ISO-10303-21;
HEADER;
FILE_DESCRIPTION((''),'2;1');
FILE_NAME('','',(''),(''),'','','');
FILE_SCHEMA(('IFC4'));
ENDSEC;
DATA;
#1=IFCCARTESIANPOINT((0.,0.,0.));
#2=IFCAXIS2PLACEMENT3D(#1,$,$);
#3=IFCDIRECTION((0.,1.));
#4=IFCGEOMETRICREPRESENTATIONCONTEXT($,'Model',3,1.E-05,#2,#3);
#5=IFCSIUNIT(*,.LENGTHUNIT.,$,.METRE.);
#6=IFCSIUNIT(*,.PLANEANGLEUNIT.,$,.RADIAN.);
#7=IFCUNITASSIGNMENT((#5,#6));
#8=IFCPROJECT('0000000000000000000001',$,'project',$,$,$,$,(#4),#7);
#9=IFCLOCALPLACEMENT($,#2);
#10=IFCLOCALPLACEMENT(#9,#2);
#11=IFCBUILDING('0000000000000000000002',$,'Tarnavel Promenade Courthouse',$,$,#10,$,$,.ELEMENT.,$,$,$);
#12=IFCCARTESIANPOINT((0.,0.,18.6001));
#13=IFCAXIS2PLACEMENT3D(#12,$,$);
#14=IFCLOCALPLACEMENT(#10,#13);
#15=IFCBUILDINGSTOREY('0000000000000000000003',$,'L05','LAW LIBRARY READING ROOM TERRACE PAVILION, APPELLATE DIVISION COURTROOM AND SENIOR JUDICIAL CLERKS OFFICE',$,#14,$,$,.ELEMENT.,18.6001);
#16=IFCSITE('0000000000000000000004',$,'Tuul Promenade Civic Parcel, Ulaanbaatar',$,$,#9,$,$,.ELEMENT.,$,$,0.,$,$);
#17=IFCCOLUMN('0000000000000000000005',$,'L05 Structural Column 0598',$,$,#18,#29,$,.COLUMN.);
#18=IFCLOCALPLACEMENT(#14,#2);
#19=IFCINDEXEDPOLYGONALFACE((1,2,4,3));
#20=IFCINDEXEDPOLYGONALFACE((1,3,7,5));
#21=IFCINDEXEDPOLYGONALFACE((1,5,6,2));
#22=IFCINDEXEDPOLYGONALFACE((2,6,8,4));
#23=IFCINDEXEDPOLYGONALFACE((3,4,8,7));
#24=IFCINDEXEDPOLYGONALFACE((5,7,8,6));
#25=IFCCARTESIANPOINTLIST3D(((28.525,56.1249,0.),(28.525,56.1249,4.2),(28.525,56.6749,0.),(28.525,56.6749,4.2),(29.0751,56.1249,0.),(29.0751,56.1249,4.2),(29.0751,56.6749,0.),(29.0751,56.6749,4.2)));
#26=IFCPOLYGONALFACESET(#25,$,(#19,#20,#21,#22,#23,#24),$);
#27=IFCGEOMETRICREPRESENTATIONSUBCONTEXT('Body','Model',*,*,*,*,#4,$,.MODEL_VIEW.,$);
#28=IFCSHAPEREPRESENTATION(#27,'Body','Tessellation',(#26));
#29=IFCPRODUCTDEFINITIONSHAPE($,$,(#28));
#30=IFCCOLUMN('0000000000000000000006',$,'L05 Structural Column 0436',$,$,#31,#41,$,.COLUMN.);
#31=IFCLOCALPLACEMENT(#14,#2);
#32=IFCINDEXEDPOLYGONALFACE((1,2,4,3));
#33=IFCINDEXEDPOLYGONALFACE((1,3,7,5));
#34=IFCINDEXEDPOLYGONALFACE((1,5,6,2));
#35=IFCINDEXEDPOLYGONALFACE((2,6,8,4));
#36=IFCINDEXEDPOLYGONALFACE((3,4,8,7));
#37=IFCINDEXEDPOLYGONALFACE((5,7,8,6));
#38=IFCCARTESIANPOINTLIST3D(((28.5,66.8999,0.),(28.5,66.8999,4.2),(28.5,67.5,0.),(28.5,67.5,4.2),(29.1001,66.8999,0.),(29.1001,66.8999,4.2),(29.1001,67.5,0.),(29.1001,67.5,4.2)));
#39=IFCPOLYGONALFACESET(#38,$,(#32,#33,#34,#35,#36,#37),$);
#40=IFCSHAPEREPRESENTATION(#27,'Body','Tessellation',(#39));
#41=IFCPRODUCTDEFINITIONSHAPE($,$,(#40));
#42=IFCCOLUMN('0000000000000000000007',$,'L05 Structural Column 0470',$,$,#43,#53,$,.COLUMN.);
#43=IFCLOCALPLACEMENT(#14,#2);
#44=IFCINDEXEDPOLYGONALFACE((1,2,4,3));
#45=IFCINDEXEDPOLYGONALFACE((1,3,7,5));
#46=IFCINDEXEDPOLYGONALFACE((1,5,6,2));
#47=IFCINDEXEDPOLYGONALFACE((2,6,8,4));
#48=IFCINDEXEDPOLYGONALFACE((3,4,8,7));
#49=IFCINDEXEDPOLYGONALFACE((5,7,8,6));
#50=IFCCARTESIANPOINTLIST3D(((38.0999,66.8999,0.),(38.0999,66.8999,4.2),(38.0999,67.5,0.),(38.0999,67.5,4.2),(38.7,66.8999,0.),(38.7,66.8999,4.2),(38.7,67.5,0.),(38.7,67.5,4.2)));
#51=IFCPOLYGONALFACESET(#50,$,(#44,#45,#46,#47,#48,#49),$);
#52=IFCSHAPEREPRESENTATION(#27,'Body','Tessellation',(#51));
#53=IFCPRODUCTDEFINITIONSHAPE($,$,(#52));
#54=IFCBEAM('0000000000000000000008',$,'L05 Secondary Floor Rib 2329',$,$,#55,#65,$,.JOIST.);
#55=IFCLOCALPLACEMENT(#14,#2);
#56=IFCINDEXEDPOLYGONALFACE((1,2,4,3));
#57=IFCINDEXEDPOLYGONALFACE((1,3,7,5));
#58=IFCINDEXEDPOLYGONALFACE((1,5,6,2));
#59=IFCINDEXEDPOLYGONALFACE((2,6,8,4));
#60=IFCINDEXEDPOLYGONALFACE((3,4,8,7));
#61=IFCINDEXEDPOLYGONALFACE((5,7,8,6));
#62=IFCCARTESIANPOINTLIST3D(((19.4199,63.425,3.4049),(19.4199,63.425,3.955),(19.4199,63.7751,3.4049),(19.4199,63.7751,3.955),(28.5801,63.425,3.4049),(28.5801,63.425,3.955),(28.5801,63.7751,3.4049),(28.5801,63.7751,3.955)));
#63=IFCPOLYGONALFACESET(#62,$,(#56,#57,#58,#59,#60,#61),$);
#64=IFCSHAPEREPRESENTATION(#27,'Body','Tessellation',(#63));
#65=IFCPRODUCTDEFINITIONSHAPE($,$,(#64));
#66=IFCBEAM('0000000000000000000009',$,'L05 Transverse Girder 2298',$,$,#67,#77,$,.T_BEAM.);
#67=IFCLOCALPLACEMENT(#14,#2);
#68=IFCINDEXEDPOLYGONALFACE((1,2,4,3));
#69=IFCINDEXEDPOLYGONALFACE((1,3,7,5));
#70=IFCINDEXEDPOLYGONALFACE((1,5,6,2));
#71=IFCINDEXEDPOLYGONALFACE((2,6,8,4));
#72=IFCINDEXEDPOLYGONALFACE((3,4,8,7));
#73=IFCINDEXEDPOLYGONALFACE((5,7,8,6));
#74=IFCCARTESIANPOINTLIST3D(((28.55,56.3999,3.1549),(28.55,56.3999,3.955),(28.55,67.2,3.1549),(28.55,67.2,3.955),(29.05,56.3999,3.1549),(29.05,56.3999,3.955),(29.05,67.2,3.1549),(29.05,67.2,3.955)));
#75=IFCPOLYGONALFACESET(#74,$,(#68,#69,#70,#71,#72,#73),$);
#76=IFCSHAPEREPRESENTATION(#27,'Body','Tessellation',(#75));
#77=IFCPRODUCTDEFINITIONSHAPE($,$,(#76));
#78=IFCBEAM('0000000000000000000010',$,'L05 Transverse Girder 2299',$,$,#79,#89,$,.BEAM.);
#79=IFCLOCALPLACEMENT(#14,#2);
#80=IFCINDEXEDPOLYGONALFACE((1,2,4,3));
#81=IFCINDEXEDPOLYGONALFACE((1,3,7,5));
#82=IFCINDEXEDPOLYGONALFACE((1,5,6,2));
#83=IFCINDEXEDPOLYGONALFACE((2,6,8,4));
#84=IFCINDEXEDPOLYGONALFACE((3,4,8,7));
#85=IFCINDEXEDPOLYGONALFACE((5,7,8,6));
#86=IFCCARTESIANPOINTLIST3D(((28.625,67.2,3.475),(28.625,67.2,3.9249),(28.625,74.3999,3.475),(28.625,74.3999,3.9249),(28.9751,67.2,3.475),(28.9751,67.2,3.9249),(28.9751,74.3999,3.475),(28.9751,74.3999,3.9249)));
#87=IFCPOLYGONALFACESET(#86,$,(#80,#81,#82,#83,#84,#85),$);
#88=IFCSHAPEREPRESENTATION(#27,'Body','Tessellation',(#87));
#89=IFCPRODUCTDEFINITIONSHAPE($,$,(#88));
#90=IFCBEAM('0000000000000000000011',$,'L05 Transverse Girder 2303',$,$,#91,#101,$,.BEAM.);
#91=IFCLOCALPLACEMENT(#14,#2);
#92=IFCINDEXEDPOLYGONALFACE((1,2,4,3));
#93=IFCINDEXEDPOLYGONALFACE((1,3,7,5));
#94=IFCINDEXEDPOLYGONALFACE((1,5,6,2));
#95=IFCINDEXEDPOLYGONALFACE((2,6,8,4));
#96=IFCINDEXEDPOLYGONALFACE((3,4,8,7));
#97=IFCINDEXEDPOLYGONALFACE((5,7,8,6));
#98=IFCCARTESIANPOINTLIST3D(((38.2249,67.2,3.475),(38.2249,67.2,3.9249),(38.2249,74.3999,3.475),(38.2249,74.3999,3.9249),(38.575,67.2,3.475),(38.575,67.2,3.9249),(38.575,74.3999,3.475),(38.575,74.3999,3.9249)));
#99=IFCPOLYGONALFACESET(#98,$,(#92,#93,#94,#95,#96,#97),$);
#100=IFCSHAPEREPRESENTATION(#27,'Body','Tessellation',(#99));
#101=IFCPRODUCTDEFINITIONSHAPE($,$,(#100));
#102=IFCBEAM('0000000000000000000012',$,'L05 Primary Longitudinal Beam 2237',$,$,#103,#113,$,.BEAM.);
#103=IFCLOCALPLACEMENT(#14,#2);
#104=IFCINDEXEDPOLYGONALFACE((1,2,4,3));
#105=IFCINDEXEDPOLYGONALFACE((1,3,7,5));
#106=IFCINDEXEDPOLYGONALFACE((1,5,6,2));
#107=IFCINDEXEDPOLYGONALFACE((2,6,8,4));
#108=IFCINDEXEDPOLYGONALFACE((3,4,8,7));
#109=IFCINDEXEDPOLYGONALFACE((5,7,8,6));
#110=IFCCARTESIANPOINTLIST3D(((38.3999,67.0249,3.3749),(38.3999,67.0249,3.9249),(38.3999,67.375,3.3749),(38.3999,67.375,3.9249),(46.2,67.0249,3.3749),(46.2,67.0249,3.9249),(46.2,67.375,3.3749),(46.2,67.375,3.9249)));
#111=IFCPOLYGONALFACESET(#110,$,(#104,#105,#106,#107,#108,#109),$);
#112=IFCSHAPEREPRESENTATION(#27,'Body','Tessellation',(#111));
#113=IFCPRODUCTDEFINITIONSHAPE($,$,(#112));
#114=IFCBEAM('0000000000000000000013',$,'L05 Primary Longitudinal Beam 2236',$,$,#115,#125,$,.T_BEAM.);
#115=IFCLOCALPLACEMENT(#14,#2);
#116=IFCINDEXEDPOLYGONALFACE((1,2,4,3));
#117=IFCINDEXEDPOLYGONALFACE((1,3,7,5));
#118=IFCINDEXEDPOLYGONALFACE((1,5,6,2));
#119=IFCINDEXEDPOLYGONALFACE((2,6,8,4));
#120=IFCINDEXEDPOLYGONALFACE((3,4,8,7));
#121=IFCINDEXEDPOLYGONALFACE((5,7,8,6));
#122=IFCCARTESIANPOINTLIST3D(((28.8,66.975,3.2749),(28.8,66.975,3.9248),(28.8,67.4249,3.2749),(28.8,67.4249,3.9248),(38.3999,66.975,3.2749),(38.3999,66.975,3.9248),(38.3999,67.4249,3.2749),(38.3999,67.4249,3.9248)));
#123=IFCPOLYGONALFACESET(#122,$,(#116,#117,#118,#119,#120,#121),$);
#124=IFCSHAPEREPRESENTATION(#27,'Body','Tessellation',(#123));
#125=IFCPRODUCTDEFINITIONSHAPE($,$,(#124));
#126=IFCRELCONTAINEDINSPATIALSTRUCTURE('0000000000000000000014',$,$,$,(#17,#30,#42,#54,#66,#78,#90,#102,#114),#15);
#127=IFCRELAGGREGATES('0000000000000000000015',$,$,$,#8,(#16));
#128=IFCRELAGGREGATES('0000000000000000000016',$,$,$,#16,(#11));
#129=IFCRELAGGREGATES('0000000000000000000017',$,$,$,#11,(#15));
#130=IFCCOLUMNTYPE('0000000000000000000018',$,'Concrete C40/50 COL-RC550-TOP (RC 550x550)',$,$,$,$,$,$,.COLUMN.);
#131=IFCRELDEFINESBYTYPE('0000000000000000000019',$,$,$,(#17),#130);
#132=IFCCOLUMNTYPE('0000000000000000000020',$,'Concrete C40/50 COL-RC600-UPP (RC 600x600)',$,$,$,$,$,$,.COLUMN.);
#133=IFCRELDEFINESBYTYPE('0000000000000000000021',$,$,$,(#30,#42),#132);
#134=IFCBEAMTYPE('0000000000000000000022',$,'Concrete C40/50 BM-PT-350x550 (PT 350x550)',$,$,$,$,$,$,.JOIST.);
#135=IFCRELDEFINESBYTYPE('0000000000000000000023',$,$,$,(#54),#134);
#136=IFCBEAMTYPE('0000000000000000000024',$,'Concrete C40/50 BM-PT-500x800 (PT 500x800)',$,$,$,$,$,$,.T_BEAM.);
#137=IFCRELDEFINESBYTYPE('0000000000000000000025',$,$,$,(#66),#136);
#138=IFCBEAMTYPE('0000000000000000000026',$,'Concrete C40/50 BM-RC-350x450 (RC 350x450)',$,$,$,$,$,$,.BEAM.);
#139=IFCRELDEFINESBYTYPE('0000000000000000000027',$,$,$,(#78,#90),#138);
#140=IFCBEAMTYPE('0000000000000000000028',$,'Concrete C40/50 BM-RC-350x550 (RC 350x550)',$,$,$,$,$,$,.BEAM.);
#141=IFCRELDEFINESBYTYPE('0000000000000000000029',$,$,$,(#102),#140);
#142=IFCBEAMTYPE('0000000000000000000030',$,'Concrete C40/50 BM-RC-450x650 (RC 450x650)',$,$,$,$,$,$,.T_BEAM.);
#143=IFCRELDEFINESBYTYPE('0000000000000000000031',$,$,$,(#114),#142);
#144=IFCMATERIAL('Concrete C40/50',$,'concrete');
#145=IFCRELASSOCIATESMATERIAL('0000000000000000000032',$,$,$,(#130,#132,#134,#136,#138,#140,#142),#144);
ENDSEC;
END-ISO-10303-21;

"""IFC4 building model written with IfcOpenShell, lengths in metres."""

from ifc_helpers import new_model, si_unit, direction, frame, origin, origin_2d, place, context, subcontext, project, spatial, rectangle, extrude, material, material_profile, profile_set, type_object, element, save


model = new_model("IFC4")

# Units and contexts
model_context = context("Model", 3, precision=1e-05, world=origin(), true_north=direction((0.0, 1.0)))
body_context = subcontext(model_context, "Body", "Model", "MODEL_VIEW")
ifc_project = project(units=[si_unit("LENGTHUNIT", "METRE"), si_unit("PLANEANGLEUNIT", "RADIAN")], contexts=[model_context])

# Site, building, storey
site_placement = place(None, origin())
site = spatial("IfcSite", under=ifc_project, at=site_placement, Name="Tuul Promenade Civic Parcel, Ulaanbaatar", CompositionType="ELEMENT", RefElevation=0.0)
building_placement = place(site_placement, origin())
building = spatial("IfcBuilding", under=site, at=building_placement, Name="Tarnavel Promenade Courthouse", CompositionType="ELEMENT")
storey_placement = place(building_placement, frame((0.0, 0.0, 18.6001)))
storey = spatial("IfcBuildingStorey", under=building, at=storey_placement, Name="L05", Description="LAW LIBRARY READING ROOM TERRACE PAVILION, APPELLATE DIVISION COURTROOM AND SENIOR JUDICIAL CLERKS OFFICE", CompositionType="ELEMENT", Elevation=18.6001)

# Columns
ifc_material_1 = material(Name="Concrete C40/50", Category="concrete")
ifc_material_profile_1 = material_profile(ifc_material_1, rectangle(XDim=0.55, YDim=0.55, at=origin_2d()), Name="RC 550x550")
ifc_profile_set_1 = profile_set([ifc_material_profile_1], Name="Concrete C40/50")
column_type_1 = type_object("IfcColumnType", Name="Concrete C40/50 COL-RC550-TOP (RC 550x550)", PredefinedType="COLUMN", material=ifc_profile_set_1)
column_placement = place(storey_placement, frame((28.8, 56.3999, 0.0), z_axis=(0.0, 0.0, 1.0), x_axis=(1.0, 0.0, 0.0)))
element("IfcColumn", 1, at=column_placement, inside=storey, type_object=column_type_1, Name="L05 Structural Column 0598", PredefinedType="COLUMN", context=body_context, shape_type="SweptSolid", body=[
    extrude(rectangle(XDim=0.55, YDim=0.55, at=origin_2d()), origin(), (0.0, 0.0, 1.0), 4.2),
])
ifc_material_profile_2 = material_profile(ifc_material_1, rectangle(XDim=0.6001, YDim=0.6001, at=origin_2d()), Name="RC 600x600")
ifc_profile_set_2 = profile_set([ifc_material_profile_2], Name="Concrete C40/50")
column_type_2 = type_object("IfcColumnType", Name="Concrete C40/50 COL-RC600-UPP (RC 600x600)", PredefinedType="COLUMN", material=ifc_profile_set_2)
for number, where, z_axis, x_axis, name in (
    (2, (28.8, 67.2, 0.0), (0.0, 0.0, 1.0), (1.0, 0.0, 0.0), "L05 Structural Column 0436"),
    (3, (38.3999, 67.2, 0.0), (0.0, 0.0, 1.0), (1.0, 0.0, 0.0), "L05 Structural Column 0470"),
):
    element("IfcColumn", number, at=place(storey_placement, frame(where, z_axis=z_axis, x_axis=x_axis)), inside=storey, type_object=column_type_2, Name=name, PredefinedType="COLUMN", context=body_context, shape_type="SweptSolid", body=[
        extrude(rectangle(XDim=0.6001, YDim=0.6001, at=origin_2d()), origin(), (0.0, 0.0, 1.0), 4.2),
    ])

# Beams
ifc_material_profile_3 = material_profile(ifc_material_1, rectangle(XDim=0.3501, YDim=0.55, at=origin_2d()), Name="PT 350x550")
ifc_profile_set_3 = profile_set([ifc_material_profile_3], Name="Concrete C40/50")
beam_type_1 = type_object("IfcBeamType", Name="Concrete C40/50 BM-PT-350x550 (PT 350x550)", PredefinedType="JOIST", material=ifc_profile_set_3)
beam_1_placement = place(storey_placement, frame((19.4199, 63.6001, 3.6799), z_axis=(1.0, 0.0, 0.0), x_axis=(0.0, 1.0, 0.0)))
element("IfcBeam", 4, at=beam_1_placement, inside=storey, type_object=beam_type_1, Name="L05 Secondary Floor Rib 2329", PredefinedType="JOIST", context=body_context, shape_type="SweptSolid", body=[
    extrude(rectangle(XDim=0.3501, YDim=0.55, at=origin_2d()), origin(), (0.0, 0.0, 1.0), 9.1602),
])
ifc_material_profile_4 = material_profile(ifc_material_1, rectangle(XDim=0.5, YDim=0.8, at=origin_2d()), Name="PT 500x800")
ifc_profile_set_4 = profile_set([ifc_material_profile_4], Name="Concrete C40/50")
beam_type_2 = type_object("IfcBeamType", Name="Concrete C40/50 BM-PT-500x800 (PT 500x800)", PredefinedType="T_BEAM", material=ifc_profile_set_4)
beam_2_placement = place(storey_placement, frame((28.8, 56.3999, 3.5549), z_axis=(0.0, 1.0, 0.0), x_axis=(-1.0, 0.0, 0.0)))
element("IfcBeam", 5, at=beam_2_placement, inside=storey, type_object=beam_type_2, Name="L05 Transverse Girder 2298", PredefinedType="T_BEAM", context=body_context, shape_type="SweptSolid", body=[
    extrude(rectangle(XDim=0.5, YDim=0.8, at=origin_2d()), origin(), (0.0, 0.0, 1.0), 10.8),
])
ifc_material_profile_5 = material_profile(ifc_material_1, rectangle(XDim=0.3501, YDim=0.45, at=origin_2d()), Name="RC 350x450")
ifc_profile_set_5 = profile_set([ifc_material_profile_5], Name="Concrete C40/50")
beam_type_3 = type_object("IfcBeamType", Name="Concrete C40/50 BM-RC-350x450 (RC 350x450)", PredefinedType="BEAM", material=ifc_profile_set_5)
for number, where, z_axis, x_axis, name in (
    (6, (28.8, 67.2, 3.7), (0.0, 1.0, 0.0), (-1.0, 0.0, 0.0), "L05 Transverse Girder 2299"),
    (7, (38.3999, 67.2, 3.7), (0.0, 1.0, 0.0), (-1.0, 0.0, 0.0), "L05 Transverse Girder 2303"),
):
    element("IfcBeam", number, at=place(storey_placement, frame(where, z_axis=z_axis, x_axis=x_axis)), inside=storey, type_object=beam_type_3, Name=name, PredefinedType="BEAM", context=body_context, shape_type="SweptSolid", body=[
        extrude(rectangle(XDim=0.3501, YDim=0.45, at=origin_2d()), origin(), (0.0, 0.0, 1.0), 7.2),
    ])
ifc_material_profile_6 = material_profile(ifc_material_1, rectangle(XDim=0.3501, YDim=0.55, at=origin_2d()), Name="RC 350x550")
ifc_profile_set_6 = profile_set([ifc_material_profile_6], Name="Concrete C40/50")
beam_type_4 = type_object("IfcBeamType", Name="Concrete C40/50 BM-RC-350x550 (RC 350x550)", PredefinedType="BEAM", material=ifc_profile_set_6)
beam_3_placement = place(storey_placement, frame((38.3999, 67.2, 3.6499), z_axis=(1.0, 0.0, 0.0), x_axis=(0.0, 1.0, 0.0)))
element("IfcBeam", 8, at=beam_3_placement, inside=storey, type_object=beam_type_4, Name="L05 Primary Longitudinal Beam 2237", PredefinedType="BEAM", context=body_context, shape_type="SweptSolid", body=[
    extrude(rectangle(XDim=0.3501, YDim=0.55, at=origin_2d()), origin(), (0.0, 0.0, 1.0), 7.8),
])
ifc_material_profile_7 = material_profile(ifc_material_1, rectangle(XDim=0.45, YDim=0.6499, at=origin_2d()), Name="RC 450x650")
ifc_profile_set_7 = profile_set([ifc_material_profile_7], Name="Concrete C40/50")
beam_type_5 = type_object("IfcBeamType", Name="Concrete C40/50 BM-RC-450x650 (RC 450x650)", PredefinedType="T_BEAM", material=ifc_profile_set_7)
beam_4_placement = place(storey_placement, frame((28.8, 67.2, 3.5999), z_axis=(1.0, 0.0, 0.0), x_axis=(0.0, 1.0, 0.0)))
element("IfcBeam", 9, at=beam_4_placement, inside=storey, type_object=beam_type_5, Name="L05 Primary Longitudinal Beam 2236", PredefinedType="T_BEAM", context=body_context, shape_type="SweptSolid", body=[
    extrude(rectangle(XDim=0.45, YDim=0.6499, at=origin_2d()), origin(), (0.0, 0.0, 1.0), 9.5999),
])

save(model, "model.ifc")
